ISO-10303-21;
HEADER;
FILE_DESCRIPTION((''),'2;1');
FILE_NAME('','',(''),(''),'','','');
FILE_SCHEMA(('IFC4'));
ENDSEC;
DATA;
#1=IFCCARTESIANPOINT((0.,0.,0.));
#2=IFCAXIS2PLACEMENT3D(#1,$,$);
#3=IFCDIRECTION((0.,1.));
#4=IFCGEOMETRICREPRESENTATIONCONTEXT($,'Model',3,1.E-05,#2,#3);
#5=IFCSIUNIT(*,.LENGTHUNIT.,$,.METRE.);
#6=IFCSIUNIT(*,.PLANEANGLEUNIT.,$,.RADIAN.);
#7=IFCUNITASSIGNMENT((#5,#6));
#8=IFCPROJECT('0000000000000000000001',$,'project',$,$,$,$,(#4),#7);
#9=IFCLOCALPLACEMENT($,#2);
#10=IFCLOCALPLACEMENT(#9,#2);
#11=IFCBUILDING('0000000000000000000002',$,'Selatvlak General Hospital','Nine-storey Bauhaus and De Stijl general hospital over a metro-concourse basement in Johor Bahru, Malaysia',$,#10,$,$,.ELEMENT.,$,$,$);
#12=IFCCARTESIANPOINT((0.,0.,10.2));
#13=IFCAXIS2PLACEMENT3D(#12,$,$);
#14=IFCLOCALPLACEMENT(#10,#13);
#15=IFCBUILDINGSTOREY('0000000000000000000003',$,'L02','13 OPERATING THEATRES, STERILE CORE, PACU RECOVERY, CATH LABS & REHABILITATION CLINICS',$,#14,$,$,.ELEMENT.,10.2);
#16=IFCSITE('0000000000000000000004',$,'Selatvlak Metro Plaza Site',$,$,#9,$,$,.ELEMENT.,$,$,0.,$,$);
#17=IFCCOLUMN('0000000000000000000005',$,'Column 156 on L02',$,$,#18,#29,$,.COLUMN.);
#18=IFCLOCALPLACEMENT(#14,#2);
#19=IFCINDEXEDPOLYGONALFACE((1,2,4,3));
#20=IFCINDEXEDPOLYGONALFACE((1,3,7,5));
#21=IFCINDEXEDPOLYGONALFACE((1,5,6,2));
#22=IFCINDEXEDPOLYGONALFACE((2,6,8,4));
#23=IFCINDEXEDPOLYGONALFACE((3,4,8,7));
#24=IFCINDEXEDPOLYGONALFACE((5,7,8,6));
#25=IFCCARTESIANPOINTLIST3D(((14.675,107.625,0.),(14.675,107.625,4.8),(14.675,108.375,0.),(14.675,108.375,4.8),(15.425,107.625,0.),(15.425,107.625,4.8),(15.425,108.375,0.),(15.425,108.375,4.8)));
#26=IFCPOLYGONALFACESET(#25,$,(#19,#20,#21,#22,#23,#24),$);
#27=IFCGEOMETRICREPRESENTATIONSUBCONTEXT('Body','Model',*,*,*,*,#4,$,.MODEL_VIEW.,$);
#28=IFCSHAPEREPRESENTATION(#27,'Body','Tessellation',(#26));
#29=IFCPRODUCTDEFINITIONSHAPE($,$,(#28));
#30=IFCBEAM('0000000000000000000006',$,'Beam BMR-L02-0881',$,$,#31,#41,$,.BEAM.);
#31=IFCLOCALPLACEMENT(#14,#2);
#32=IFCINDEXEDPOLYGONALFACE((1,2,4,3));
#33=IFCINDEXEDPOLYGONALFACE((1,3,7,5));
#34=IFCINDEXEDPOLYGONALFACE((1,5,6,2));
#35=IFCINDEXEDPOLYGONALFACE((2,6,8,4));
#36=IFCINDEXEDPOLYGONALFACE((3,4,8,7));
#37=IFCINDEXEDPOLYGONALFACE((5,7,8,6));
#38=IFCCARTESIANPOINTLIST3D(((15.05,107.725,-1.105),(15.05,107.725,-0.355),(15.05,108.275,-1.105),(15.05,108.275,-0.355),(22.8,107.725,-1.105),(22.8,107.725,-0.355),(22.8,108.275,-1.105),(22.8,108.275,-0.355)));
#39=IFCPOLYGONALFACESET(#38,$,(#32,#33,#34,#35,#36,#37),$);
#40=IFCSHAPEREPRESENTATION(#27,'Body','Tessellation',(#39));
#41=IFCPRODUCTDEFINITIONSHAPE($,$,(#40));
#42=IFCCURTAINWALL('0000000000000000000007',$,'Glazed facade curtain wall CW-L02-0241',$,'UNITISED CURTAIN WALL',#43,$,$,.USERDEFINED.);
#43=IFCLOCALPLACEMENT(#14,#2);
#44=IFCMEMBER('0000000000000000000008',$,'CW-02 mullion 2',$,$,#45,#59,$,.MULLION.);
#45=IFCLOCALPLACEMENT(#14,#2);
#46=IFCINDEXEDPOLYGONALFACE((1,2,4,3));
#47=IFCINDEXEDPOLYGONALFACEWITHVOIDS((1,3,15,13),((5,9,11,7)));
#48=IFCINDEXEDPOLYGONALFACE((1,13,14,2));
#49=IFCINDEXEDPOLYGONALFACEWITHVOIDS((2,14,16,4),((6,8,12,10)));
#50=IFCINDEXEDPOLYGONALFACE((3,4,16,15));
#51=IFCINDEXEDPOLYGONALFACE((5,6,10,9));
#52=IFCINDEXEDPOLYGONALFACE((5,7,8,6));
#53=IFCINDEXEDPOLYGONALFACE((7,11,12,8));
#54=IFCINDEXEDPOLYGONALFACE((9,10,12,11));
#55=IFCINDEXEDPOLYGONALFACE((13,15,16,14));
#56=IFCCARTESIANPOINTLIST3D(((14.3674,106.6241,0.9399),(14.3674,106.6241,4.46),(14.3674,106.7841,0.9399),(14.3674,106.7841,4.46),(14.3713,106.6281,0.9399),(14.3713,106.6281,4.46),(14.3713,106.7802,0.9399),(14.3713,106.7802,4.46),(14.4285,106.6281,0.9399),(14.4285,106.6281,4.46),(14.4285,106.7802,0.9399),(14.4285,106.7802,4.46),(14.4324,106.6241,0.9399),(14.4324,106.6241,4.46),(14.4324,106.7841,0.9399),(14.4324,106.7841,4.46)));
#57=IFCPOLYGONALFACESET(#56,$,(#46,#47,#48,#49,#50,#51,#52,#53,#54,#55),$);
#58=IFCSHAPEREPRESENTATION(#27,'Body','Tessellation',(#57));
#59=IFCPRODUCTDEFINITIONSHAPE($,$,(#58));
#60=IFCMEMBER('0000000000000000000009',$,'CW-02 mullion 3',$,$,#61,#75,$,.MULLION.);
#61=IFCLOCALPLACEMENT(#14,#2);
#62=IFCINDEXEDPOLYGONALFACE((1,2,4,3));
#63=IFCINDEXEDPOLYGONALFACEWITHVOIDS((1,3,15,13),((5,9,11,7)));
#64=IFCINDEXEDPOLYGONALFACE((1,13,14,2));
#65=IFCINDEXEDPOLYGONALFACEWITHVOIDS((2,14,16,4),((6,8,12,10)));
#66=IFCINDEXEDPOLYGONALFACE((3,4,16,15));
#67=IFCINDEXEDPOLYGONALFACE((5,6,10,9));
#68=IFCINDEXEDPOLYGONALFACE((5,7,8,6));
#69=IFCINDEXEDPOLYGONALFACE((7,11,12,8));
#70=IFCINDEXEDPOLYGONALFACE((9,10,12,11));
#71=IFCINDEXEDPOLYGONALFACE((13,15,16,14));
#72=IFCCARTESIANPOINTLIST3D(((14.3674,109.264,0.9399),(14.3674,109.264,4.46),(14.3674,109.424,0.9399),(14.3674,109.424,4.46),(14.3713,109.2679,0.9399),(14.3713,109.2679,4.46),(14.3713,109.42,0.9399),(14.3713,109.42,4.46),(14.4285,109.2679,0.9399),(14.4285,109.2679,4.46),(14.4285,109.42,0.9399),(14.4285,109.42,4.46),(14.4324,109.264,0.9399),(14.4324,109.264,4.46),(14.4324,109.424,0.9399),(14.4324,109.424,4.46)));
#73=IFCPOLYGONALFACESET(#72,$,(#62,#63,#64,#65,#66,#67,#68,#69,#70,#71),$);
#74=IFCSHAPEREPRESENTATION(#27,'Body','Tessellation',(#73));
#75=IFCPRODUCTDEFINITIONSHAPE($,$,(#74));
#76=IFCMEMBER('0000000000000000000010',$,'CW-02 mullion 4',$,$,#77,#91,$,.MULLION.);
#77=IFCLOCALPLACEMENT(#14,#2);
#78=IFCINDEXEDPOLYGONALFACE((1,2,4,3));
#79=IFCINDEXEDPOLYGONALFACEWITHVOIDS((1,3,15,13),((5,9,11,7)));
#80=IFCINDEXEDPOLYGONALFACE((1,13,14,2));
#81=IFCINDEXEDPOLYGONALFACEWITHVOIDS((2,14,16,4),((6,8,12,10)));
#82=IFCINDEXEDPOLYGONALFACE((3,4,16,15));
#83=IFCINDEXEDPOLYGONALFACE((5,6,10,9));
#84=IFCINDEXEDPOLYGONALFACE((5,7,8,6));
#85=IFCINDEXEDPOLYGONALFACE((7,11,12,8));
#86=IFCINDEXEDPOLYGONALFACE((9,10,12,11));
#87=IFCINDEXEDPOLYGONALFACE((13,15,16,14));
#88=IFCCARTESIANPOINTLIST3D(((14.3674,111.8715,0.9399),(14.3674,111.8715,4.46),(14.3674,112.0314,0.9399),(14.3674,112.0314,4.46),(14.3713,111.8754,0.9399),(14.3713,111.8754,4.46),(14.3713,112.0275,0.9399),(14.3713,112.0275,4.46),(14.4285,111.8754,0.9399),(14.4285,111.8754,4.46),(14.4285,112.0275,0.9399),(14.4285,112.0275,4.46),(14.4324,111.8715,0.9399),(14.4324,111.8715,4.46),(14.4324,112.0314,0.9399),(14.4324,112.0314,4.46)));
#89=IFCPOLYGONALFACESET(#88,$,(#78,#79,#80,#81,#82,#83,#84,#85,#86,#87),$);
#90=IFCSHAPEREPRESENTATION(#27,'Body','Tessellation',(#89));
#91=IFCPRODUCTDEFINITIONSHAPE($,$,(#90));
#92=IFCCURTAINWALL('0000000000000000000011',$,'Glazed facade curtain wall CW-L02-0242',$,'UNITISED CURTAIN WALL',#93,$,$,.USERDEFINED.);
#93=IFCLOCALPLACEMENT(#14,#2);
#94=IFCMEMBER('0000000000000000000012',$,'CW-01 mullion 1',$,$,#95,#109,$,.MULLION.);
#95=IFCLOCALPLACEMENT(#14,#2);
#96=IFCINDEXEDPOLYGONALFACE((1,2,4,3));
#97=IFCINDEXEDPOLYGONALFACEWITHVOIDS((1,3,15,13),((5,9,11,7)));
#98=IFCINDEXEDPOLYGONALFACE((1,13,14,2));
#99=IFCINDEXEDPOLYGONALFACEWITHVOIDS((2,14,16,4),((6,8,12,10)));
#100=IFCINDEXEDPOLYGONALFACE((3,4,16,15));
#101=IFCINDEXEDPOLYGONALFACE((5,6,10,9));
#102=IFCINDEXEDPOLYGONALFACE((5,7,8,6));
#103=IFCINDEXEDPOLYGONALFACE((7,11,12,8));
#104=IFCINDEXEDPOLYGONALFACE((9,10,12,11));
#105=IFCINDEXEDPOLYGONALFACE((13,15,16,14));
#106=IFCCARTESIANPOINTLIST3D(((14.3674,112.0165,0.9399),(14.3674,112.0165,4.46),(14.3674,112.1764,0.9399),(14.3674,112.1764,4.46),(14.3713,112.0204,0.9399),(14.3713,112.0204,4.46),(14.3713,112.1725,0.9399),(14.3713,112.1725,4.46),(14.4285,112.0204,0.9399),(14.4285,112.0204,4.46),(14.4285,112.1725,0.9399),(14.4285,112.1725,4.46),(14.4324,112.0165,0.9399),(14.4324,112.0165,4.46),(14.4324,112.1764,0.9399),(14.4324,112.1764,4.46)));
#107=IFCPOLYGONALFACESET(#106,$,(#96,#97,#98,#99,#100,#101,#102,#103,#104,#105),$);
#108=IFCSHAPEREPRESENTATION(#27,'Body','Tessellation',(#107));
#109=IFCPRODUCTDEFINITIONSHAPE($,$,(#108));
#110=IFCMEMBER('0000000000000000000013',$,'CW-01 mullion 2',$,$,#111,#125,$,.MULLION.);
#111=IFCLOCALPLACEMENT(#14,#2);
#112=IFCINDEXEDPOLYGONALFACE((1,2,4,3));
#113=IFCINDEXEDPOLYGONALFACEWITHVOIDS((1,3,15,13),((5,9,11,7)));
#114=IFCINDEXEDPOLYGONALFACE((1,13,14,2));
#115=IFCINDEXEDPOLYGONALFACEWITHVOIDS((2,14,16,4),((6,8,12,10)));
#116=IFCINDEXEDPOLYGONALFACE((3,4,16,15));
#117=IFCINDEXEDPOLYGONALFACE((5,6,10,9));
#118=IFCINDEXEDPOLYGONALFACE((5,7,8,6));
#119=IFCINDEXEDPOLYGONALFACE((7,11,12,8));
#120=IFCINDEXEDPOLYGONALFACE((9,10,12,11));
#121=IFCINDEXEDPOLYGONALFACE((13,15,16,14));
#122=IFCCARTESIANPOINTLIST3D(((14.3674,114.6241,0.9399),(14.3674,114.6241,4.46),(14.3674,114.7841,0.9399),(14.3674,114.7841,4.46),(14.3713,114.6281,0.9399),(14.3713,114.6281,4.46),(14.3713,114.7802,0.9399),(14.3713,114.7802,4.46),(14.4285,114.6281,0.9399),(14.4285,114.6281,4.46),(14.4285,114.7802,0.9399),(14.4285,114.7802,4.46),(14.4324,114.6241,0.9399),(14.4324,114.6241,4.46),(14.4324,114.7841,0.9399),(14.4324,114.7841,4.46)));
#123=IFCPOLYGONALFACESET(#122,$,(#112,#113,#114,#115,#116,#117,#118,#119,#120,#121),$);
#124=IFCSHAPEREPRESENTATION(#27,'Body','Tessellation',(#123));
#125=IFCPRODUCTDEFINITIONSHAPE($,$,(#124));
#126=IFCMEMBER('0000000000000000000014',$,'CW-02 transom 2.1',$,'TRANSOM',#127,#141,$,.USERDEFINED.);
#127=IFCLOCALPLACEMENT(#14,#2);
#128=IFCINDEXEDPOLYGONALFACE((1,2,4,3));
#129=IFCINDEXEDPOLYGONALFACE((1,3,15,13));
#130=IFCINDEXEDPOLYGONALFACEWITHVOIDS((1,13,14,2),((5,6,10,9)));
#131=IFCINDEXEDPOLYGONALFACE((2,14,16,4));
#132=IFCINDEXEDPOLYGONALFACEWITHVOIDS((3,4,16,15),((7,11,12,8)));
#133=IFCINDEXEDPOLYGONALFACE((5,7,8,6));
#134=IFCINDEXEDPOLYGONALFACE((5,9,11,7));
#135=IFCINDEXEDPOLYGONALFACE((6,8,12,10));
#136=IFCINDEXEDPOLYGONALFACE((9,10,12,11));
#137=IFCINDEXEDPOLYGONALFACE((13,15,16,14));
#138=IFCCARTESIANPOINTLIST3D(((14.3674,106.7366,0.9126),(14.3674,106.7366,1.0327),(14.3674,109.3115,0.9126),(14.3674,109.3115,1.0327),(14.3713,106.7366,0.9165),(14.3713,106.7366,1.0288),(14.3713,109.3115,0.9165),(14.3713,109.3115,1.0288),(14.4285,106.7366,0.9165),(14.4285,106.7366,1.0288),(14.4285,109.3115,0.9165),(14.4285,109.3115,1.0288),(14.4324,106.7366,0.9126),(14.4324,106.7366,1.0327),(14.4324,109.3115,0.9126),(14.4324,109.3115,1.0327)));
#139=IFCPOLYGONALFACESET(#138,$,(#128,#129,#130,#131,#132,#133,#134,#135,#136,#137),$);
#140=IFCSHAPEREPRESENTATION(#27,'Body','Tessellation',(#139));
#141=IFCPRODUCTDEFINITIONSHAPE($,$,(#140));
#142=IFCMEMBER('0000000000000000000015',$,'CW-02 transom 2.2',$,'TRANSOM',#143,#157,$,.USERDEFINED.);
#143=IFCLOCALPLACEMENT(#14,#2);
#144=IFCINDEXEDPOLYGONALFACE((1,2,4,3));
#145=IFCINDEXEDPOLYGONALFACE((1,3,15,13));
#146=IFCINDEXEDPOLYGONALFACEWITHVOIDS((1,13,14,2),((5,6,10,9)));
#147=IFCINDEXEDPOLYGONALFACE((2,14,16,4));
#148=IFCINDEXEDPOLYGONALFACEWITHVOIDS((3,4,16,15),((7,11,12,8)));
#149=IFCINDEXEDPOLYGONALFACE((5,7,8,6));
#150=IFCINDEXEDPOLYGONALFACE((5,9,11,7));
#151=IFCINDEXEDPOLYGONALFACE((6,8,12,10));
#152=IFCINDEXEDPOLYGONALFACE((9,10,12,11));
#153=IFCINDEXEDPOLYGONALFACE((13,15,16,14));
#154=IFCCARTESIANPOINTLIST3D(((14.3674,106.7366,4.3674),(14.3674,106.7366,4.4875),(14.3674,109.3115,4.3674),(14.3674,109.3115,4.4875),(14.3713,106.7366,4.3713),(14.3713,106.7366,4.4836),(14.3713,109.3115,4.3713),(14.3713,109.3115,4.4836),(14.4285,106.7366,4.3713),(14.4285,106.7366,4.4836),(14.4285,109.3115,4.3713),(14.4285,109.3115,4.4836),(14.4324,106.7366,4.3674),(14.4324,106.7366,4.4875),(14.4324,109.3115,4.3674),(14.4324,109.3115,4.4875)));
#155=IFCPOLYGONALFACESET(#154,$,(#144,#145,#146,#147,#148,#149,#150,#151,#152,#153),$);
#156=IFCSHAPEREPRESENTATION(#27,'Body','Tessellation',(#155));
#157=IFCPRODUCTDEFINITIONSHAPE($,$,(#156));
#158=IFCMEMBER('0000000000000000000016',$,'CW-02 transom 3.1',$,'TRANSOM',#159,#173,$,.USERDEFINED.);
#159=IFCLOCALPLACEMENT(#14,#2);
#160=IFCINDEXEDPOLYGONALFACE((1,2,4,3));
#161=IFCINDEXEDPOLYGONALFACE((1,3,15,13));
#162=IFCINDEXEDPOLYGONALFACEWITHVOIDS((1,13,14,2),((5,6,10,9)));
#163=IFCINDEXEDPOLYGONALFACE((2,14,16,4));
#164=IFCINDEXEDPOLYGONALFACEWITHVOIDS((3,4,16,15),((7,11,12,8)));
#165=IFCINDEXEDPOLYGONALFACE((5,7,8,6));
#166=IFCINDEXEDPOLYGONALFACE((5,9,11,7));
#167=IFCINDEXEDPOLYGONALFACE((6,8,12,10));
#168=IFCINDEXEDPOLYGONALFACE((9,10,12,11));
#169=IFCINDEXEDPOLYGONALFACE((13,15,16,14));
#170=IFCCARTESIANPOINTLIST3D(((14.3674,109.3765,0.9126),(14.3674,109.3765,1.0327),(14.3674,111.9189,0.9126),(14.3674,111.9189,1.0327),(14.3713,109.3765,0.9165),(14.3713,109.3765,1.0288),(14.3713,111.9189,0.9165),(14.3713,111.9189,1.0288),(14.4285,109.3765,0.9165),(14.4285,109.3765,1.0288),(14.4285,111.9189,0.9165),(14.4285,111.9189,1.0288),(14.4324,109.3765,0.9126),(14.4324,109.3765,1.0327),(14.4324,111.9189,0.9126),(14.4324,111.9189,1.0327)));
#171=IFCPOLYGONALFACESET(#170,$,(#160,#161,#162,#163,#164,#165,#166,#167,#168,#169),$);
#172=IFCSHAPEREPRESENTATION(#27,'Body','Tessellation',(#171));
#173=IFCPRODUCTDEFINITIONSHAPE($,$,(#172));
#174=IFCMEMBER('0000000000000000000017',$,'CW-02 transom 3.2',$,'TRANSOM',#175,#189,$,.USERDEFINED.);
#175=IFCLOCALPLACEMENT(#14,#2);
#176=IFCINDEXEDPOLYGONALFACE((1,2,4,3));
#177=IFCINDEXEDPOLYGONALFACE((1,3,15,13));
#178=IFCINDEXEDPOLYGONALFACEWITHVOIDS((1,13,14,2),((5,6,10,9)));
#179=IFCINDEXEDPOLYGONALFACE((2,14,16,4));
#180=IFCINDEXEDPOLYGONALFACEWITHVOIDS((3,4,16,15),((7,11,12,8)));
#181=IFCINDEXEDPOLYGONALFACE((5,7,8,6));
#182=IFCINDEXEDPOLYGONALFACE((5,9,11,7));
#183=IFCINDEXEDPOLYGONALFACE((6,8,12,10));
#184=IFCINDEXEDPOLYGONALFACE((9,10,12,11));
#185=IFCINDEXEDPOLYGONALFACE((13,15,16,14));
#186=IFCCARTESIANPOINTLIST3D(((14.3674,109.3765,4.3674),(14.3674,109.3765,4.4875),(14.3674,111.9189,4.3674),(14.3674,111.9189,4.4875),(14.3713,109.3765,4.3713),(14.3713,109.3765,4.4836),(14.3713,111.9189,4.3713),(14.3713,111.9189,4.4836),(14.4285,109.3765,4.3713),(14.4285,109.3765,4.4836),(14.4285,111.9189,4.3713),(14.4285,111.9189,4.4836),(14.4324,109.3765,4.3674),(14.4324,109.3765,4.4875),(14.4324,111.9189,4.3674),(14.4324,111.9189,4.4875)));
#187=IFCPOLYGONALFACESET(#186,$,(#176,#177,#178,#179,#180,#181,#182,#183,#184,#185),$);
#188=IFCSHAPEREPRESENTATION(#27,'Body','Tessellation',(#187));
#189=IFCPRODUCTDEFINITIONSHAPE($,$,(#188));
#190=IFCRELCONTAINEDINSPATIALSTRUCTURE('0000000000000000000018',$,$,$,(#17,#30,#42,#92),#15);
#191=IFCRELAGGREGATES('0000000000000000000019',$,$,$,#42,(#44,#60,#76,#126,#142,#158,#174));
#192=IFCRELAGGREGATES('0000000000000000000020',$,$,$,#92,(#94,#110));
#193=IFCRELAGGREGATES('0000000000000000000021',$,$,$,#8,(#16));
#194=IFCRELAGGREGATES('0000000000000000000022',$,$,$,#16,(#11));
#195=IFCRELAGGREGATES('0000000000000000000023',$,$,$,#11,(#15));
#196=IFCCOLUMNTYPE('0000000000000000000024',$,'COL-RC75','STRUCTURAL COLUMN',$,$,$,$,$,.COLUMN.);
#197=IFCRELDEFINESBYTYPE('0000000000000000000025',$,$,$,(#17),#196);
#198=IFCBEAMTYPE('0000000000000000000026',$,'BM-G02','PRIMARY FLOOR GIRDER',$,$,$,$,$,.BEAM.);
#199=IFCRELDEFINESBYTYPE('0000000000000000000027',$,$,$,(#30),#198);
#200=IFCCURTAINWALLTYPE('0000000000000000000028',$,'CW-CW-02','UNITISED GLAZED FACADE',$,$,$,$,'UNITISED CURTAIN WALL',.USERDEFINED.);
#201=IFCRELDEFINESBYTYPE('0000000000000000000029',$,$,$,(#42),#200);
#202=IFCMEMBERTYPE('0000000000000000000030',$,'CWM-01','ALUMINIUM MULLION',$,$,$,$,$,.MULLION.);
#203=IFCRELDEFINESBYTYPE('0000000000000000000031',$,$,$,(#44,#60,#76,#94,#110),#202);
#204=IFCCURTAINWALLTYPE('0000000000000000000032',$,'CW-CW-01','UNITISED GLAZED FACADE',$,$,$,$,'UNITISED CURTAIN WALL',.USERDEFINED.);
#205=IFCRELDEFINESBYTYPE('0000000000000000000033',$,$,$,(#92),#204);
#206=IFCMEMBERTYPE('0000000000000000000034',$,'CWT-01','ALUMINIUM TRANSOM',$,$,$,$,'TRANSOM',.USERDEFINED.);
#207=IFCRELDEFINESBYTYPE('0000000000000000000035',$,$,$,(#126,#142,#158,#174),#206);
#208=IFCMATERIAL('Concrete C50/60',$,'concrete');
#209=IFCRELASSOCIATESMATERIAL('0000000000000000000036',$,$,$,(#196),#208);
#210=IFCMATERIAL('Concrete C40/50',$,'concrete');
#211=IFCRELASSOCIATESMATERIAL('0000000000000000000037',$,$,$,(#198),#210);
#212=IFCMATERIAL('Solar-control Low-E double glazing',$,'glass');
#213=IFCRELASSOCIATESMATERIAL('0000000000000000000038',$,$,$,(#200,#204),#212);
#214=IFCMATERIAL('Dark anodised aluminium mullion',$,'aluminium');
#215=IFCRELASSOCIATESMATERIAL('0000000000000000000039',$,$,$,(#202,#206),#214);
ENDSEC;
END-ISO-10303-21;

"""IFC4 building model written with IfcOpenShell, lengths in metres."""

from ifc_helpers import new_model, si_unit, direction, frame, origin, origin_2d, place, context, subcontext, project, spatial, rectangle, hollow_rectangle, extrude, material, material_profile, profile_set, type_object, element, aggregate, save


model = new_model("IFC4")

# Units and contexts
model_context = context("Model", 3, precision=1e-05, world=origin(), true_north=direction((0.0, 1.0)))
body_context = subcontext(model_context, "Body", "Model", "MODEL_VIEW")
ifc_project = project(units=[si_unit("LENGTHUNIT", "METRE"), si_unit("PLANEANGLEUNIT", "RADIAN")], contexts=[model_context])

# Site, building, storey
site_placement = place(None, origin())
site = spatial("IfcSite", under=ifc_project, at=site_placement, Name="Selatvlak Metro Plaza Site", CompositionType="ELEMENT", RefElevation=0.0)
building_placement = place(site_placement, origin())
building = spatial("IfcBuilding", under=site, at=building_placement, Name="Selatvlak General Hospital", Description="Nine-storey Bauhaus and De Stijl general hospital over a metro-concourse basement in Johor Bahru, Malaysia", CompositionType="ELEMENT")
storey_placement = place(building_placement, frame((0.0, 0.0, 10.2)))
storey = spatial("IfcBuildingStorey", under=building, at=storey_placement, Name="L02", Description="13 OPERATING THEATRES, STERILE CORE, PACU RECOVERY, CATH LABS & REHABILITATION CLINICS", CompositionType="ELEMENT", Elevation=10.2)

# Column
ifc_material_1 = material(Name="Concrete C50/60", Category="concrete")
ifc_material_profile_1 = material_profile(ifc_material_1, rectangle(XDim=0.75, YDim=0.75, at=origin_2d()), Name="RC-COL 750x750")
ifc_profile_set_1 = profile_set([ifc_material_profile_1], Name="Concrete C50/60")
column_type = type_object("IfcColumnType", Name="COL-RC75", Description="STRUCTURAL COLUMN", PredefinedType="COLUMN", material=ifc_profile_set_1)
column_placement = place(storey_placement, frame((15.05, 108.0, 0.0), z_axis=(0.0, 0.0, 1.0), x_axis=(1.0, 0.0, 0.0)))
element("IfcColumn", 1, at=column_placement, inside=storey, type_object=column_type, Name="Column 156 on L02", PredefinedType="COLUMN", context=body_context, shape_type="SweptSolid", body=[
    extrude(rectangle(XDim=0.75, YDim=0.75, at=origin_2d()), origin(), (0.0, 0.0, 1.0), 4.8),
])

# Beam
ifc_material_2 = material(Name="Concrete C40/50", Category="concrete")
ifc_material_profile_2 = material_profile(ifc_material_2, rectangle(XDim=0.55, YDim=0.75, at=origin_2d()), Name="RC-BM 550x750")
ifc_profile_set_2 = profile_set([ifc_material_profile_2], Name="Concrete C40/50")
beam_type = type_object("IfcBeamType", Name="BM-G02", Description="PRIMARY FLOOR GIRDER", PredefinedType="BEAM", material=ifc_profile_set_2)
beam_placement = place(storey_placement, frame((15.05, 108.0, -0.73), z_axis=(1.0, 0.0, 0.0), x_axis=(0.0, 1.0, 0.0)))
element("IfcBeam", 2, at=beam_placement, inside=storey, type_object=beam_type, Name="Beam BMR-L02-0881", PredefinedType="BEAM", context=body_context, shape_type="SweptSolid", body=[
    extrude(rectangle(XDim=0.55, YDim=0.75, at=origin_2d()), origin(), (0.0, 0.0, 1.0), 7.75),
])

# Curtain walls, members
ifc_material_3 = material(Name="Solar-control Low-E double glazing", Category="glass")
curtain_wall_type_1 = type_object("IfcCurtainWallType", Name="CW-CW-02", Description="UNITISED GLAZED FACADE", ElementType="UNITISED CURTAIN WALL", PredefinedType="USERDEFINED", material=ifc_material_3)
curtain_wall_1_placement = place(storey_placement, origin())
curtain_wall_1 = element("IfcCurtainWall", 3, at=curtain_wall_1_placement, inside=storey, type_object=curtain_wall_type_1, Name="Glazed facade curtain wall CW-L02-0241", ObjectType="UNITISED CURTAIN WALL", PredefinedType="USERDEFINED")
ifc_material_4 = material(Name="Dark anodised aluminium mullion", Category="aluminium")
ifc_material_profile_3 = material_profile(ifc_material_4, hollow_rectangle(XDim=0.0649, YDim=0.1599, WallThickness=0.0039, at=origin_2d()), Name="AL-MUL 65x160x4")
ifc_profile_set_3 = profile_set([ifc_material_profile_3], Name="Dark anodised aluminium mullion")
member_type_1 = type_object("IfcMemberType", Name="CWM-01", Description="ALUMINIUM MULLION", PredefinedType="MULLION", material=ifc_profile_set_3)
member_1_placement = place(storey_placement, frame((14.3999, 106.7041, 0.9399), z_axis=(0.0, 0.0, 1.0), x_axis=(-1.0, 0.0, 0.0)))
member_1 = element("IfcMember", 4, at=member_1_placement, type_object=member_type_1, Name="CW-02 mullion 2", PredefinedType="MULLION", context=body_context, shape_type="SweptSolid", body=[
    extrude(hollow_rectangle(XDim=0.0649, YDim=0.1599, WallThickness=0.0039, at=origin_2d()), origin(), (0.0, 0.0, 1.0), 3.52),
])
member_2_placement = place(storey_placement, frame((14.3999, 109.344, 0.9399), z_axis=(0.0, 0.0, 1.0), x_axis=(-1.0, 0.0, 0.0)))
member_2 = element("IfcMember", 5, at=member_2_placement, type_object=member_type_1, Name="CW-02 mullion 3", PredefinedType="MULLION", context=body_context, shape_type="SweptSolid", body=[
    extrude(hollow_rectangle(XDim=0.0649, YDim=0.1599, WallThickness=0.0039, at=origin_2d()), origin(), (0.0, 0.0, 1.0), 3.52),
])
member_3_placement = place(storey_placement, frame((14.3999, 111.9514, 0.9399), z_axis=(0.0, 0.0, 1.0), x_axis=(-1.0, 0.0, 0.0)))
member_3 = element("IfcMember", 6, at=member_3_placement, type_object=member_type_1, Name="CW-02 mullion 4", PredefinedType="MULLION", context=body_context, shape_type="SweptSolid", body=[
    extrude(hollow_rectangle(XDim=0.0649, YDim=0.1599, WallThickness=0.0039, at=origin_2d()), origin(), (0.0, 0.0, 1.0), 3.52),
])
curtain_wall_type_2 = type_object("IfcCurtainWallType", Name="CW-CW-01", Description="UNITISED GLAZED FACADE", ElementType="UNITISED CURTAIN WALL", PredefinedType="USERDEFINED", material=ifc_material_3)
curtain_wall_2_placement = place(storey_placement, origin())
curtain_wall_2 = element("IfcCurtainWall", 7, at=curtain_wall_2_placement, inside=storey, type_object=curtain_wall_type_2, Name="Glazed facade curtain wall CW-L02-0242", ObjectType="UNITISED CURTAIN WALL", PredefinedType="USERDEFINED")
member_4_placement = place(storey_placement, frame((14.3999, 112.0964, 0.9399), z_axis=(0.0, 0.0, 1.0), x_axis=(-1.0, 0.0, 0.0)))
member_4 = element("IfcMember", 8, at=member_4_placement, type_object=member_type_1, Name="CW-01 mullion 1", PredefinedType="MULLION", context=body_context, shape_type="SweptSolid", body=[
    extrude(hollow_rectangle(XDim=0.0649, YDim=0.1599, WallThickness=0.0039, at=origin_2d()), origin(), (0.0, 0.0, 1.0), 3.52),
])
member_5_placement = place(storey_placement, frame((14.3999, 114.7041, 0.9399), z_axis=(0.0, 0.0, 1.0), x_axis=(-1.0, 0.0, 0.0)))
member_5 = element("IfcMember", 9, at=member_5_placement, type_object=member_type_1, Name="CW-01 mullion 2", PredefinedType="MULLION", context=body_context, shape_type="SweptSolid", body=[
    extrude(hollow_rectangle(XDim=0.0649, YDim=0.1599, WallThickness=0.0039, at=origin_2d()), origin(), (0.0, 0.0, 1.0), 3.52),
])

# Members
ifc_material_profile_4 = material_profile(ifc_material_4, hollow_rectangle(XDim=0.0649, YDim=0.1201, WallThickness=0.0039, at=origin_2d()), Name="AL-TRN 65x120x4")
ifc_profile_set_4 = profile_set([ifc_material_profile_4], Name="Dark anodised aluminium mullion")
member_type_2 = type_object("IfcMemberType", Name="CWT-01", Description="ALUMINIUM TRANSOM", ElementType="TRANSOM", PredefinedType="USERDEFINED", material=ifc_profile_set_4)
member_6_placement = place(storey_placement, frame((14.3999, 106.7366, 0.9727), z_axis=(0.0, 1.0, 0.0), x_axis=(-1.0, 0.0, 0.0)))
member_6 = element("IfcMember", 10, at=member_6_placement, type_object=member_type_2, Name="CW-02 transom 2.1", ObjectType="TRANSOM", PredefinedType="USERDEFINED", context=body_context, shape_type="SweptSolid", body=[
    extrude(hollow_rectangle(XDim=0.0649, YDim=0.1201, WallThickness=0.0039, at=origin_2d()), origin(), (0.0, 0.0, 1.0), 2.575),
])
member_7_placement = place(storey_placement, frame((14.3999, 106.7366, 4.4275), z_axis=(0.0, 1.0, 0.0), x_axis=(-1.0, 0.0, 0.0)))
member_7 = element("IfcMember", 11, at=member_7_placement, type_object=member_type_2, Name="CW-02 transom 2.2", ObjectType="TRANSOM", PredefinedType="USERDEFINED", context=body_context, shape_type="SweptSolid", body=[
    extrude(hollow_rectangle(XDim=0.0649, YDim=0.1201, WallThickness=0.0039, at=origin_2d()), origin(), (0.0, 0.0, 1.0), 2.575),
])
member_8_placement = place(storey_placement, frame((14.3999, 109.3765, 0.9727), z_axis=(0.0, 1.0, 0.0), x_axis=(-1.0, 0.0, 0.0)))
member_8 = element("IfcMember", 12, at=member_8_placement, type_object=member_type_2, Name="CW-02 transom 3.1", ObjectType="TRANSOM", PredefinedType="USERDEFINED", context=body_context, shape_type="SweptSolid", body=[
    extrude(hollow_rectangle(XDim=0.0649, YDim=0.1201, WallThickness=0.0039, at=origin_2d()), origin(), (0.0, 0.0, 1.0), 2.5425),
])
member_9_placement = place(storey_placement, frame((14.3999, 109.3765, 4.4275), z_axis=(0.0, 1.0, 0.0), x_axis=(-1.0, 0.0, 0.0)))
member_9 = element("IfcMember", 13, at=member_9_placement, type_object=member_type_2, Name="CW-02 transom 3.2", ObjectType="TRANSOM", PredefinedType="USERDEFINED", context=body_context, shape_type="SweptSolid", body=[
    extrude(hollow_rectangle(XDim=0.0649, YDim=0.1201, WallThickness=0.0039, at=origin_2d()), origin(), (0.0, 0.0, 1.0), 2.5425),
])

aggregate(curtain_wall_1, [member_1, member_2, member_3, member_6, member_7, member_8, member_9])
aggregate(curtain_wall_2, [member_4, member_5])

save(model, "model.ifc")
